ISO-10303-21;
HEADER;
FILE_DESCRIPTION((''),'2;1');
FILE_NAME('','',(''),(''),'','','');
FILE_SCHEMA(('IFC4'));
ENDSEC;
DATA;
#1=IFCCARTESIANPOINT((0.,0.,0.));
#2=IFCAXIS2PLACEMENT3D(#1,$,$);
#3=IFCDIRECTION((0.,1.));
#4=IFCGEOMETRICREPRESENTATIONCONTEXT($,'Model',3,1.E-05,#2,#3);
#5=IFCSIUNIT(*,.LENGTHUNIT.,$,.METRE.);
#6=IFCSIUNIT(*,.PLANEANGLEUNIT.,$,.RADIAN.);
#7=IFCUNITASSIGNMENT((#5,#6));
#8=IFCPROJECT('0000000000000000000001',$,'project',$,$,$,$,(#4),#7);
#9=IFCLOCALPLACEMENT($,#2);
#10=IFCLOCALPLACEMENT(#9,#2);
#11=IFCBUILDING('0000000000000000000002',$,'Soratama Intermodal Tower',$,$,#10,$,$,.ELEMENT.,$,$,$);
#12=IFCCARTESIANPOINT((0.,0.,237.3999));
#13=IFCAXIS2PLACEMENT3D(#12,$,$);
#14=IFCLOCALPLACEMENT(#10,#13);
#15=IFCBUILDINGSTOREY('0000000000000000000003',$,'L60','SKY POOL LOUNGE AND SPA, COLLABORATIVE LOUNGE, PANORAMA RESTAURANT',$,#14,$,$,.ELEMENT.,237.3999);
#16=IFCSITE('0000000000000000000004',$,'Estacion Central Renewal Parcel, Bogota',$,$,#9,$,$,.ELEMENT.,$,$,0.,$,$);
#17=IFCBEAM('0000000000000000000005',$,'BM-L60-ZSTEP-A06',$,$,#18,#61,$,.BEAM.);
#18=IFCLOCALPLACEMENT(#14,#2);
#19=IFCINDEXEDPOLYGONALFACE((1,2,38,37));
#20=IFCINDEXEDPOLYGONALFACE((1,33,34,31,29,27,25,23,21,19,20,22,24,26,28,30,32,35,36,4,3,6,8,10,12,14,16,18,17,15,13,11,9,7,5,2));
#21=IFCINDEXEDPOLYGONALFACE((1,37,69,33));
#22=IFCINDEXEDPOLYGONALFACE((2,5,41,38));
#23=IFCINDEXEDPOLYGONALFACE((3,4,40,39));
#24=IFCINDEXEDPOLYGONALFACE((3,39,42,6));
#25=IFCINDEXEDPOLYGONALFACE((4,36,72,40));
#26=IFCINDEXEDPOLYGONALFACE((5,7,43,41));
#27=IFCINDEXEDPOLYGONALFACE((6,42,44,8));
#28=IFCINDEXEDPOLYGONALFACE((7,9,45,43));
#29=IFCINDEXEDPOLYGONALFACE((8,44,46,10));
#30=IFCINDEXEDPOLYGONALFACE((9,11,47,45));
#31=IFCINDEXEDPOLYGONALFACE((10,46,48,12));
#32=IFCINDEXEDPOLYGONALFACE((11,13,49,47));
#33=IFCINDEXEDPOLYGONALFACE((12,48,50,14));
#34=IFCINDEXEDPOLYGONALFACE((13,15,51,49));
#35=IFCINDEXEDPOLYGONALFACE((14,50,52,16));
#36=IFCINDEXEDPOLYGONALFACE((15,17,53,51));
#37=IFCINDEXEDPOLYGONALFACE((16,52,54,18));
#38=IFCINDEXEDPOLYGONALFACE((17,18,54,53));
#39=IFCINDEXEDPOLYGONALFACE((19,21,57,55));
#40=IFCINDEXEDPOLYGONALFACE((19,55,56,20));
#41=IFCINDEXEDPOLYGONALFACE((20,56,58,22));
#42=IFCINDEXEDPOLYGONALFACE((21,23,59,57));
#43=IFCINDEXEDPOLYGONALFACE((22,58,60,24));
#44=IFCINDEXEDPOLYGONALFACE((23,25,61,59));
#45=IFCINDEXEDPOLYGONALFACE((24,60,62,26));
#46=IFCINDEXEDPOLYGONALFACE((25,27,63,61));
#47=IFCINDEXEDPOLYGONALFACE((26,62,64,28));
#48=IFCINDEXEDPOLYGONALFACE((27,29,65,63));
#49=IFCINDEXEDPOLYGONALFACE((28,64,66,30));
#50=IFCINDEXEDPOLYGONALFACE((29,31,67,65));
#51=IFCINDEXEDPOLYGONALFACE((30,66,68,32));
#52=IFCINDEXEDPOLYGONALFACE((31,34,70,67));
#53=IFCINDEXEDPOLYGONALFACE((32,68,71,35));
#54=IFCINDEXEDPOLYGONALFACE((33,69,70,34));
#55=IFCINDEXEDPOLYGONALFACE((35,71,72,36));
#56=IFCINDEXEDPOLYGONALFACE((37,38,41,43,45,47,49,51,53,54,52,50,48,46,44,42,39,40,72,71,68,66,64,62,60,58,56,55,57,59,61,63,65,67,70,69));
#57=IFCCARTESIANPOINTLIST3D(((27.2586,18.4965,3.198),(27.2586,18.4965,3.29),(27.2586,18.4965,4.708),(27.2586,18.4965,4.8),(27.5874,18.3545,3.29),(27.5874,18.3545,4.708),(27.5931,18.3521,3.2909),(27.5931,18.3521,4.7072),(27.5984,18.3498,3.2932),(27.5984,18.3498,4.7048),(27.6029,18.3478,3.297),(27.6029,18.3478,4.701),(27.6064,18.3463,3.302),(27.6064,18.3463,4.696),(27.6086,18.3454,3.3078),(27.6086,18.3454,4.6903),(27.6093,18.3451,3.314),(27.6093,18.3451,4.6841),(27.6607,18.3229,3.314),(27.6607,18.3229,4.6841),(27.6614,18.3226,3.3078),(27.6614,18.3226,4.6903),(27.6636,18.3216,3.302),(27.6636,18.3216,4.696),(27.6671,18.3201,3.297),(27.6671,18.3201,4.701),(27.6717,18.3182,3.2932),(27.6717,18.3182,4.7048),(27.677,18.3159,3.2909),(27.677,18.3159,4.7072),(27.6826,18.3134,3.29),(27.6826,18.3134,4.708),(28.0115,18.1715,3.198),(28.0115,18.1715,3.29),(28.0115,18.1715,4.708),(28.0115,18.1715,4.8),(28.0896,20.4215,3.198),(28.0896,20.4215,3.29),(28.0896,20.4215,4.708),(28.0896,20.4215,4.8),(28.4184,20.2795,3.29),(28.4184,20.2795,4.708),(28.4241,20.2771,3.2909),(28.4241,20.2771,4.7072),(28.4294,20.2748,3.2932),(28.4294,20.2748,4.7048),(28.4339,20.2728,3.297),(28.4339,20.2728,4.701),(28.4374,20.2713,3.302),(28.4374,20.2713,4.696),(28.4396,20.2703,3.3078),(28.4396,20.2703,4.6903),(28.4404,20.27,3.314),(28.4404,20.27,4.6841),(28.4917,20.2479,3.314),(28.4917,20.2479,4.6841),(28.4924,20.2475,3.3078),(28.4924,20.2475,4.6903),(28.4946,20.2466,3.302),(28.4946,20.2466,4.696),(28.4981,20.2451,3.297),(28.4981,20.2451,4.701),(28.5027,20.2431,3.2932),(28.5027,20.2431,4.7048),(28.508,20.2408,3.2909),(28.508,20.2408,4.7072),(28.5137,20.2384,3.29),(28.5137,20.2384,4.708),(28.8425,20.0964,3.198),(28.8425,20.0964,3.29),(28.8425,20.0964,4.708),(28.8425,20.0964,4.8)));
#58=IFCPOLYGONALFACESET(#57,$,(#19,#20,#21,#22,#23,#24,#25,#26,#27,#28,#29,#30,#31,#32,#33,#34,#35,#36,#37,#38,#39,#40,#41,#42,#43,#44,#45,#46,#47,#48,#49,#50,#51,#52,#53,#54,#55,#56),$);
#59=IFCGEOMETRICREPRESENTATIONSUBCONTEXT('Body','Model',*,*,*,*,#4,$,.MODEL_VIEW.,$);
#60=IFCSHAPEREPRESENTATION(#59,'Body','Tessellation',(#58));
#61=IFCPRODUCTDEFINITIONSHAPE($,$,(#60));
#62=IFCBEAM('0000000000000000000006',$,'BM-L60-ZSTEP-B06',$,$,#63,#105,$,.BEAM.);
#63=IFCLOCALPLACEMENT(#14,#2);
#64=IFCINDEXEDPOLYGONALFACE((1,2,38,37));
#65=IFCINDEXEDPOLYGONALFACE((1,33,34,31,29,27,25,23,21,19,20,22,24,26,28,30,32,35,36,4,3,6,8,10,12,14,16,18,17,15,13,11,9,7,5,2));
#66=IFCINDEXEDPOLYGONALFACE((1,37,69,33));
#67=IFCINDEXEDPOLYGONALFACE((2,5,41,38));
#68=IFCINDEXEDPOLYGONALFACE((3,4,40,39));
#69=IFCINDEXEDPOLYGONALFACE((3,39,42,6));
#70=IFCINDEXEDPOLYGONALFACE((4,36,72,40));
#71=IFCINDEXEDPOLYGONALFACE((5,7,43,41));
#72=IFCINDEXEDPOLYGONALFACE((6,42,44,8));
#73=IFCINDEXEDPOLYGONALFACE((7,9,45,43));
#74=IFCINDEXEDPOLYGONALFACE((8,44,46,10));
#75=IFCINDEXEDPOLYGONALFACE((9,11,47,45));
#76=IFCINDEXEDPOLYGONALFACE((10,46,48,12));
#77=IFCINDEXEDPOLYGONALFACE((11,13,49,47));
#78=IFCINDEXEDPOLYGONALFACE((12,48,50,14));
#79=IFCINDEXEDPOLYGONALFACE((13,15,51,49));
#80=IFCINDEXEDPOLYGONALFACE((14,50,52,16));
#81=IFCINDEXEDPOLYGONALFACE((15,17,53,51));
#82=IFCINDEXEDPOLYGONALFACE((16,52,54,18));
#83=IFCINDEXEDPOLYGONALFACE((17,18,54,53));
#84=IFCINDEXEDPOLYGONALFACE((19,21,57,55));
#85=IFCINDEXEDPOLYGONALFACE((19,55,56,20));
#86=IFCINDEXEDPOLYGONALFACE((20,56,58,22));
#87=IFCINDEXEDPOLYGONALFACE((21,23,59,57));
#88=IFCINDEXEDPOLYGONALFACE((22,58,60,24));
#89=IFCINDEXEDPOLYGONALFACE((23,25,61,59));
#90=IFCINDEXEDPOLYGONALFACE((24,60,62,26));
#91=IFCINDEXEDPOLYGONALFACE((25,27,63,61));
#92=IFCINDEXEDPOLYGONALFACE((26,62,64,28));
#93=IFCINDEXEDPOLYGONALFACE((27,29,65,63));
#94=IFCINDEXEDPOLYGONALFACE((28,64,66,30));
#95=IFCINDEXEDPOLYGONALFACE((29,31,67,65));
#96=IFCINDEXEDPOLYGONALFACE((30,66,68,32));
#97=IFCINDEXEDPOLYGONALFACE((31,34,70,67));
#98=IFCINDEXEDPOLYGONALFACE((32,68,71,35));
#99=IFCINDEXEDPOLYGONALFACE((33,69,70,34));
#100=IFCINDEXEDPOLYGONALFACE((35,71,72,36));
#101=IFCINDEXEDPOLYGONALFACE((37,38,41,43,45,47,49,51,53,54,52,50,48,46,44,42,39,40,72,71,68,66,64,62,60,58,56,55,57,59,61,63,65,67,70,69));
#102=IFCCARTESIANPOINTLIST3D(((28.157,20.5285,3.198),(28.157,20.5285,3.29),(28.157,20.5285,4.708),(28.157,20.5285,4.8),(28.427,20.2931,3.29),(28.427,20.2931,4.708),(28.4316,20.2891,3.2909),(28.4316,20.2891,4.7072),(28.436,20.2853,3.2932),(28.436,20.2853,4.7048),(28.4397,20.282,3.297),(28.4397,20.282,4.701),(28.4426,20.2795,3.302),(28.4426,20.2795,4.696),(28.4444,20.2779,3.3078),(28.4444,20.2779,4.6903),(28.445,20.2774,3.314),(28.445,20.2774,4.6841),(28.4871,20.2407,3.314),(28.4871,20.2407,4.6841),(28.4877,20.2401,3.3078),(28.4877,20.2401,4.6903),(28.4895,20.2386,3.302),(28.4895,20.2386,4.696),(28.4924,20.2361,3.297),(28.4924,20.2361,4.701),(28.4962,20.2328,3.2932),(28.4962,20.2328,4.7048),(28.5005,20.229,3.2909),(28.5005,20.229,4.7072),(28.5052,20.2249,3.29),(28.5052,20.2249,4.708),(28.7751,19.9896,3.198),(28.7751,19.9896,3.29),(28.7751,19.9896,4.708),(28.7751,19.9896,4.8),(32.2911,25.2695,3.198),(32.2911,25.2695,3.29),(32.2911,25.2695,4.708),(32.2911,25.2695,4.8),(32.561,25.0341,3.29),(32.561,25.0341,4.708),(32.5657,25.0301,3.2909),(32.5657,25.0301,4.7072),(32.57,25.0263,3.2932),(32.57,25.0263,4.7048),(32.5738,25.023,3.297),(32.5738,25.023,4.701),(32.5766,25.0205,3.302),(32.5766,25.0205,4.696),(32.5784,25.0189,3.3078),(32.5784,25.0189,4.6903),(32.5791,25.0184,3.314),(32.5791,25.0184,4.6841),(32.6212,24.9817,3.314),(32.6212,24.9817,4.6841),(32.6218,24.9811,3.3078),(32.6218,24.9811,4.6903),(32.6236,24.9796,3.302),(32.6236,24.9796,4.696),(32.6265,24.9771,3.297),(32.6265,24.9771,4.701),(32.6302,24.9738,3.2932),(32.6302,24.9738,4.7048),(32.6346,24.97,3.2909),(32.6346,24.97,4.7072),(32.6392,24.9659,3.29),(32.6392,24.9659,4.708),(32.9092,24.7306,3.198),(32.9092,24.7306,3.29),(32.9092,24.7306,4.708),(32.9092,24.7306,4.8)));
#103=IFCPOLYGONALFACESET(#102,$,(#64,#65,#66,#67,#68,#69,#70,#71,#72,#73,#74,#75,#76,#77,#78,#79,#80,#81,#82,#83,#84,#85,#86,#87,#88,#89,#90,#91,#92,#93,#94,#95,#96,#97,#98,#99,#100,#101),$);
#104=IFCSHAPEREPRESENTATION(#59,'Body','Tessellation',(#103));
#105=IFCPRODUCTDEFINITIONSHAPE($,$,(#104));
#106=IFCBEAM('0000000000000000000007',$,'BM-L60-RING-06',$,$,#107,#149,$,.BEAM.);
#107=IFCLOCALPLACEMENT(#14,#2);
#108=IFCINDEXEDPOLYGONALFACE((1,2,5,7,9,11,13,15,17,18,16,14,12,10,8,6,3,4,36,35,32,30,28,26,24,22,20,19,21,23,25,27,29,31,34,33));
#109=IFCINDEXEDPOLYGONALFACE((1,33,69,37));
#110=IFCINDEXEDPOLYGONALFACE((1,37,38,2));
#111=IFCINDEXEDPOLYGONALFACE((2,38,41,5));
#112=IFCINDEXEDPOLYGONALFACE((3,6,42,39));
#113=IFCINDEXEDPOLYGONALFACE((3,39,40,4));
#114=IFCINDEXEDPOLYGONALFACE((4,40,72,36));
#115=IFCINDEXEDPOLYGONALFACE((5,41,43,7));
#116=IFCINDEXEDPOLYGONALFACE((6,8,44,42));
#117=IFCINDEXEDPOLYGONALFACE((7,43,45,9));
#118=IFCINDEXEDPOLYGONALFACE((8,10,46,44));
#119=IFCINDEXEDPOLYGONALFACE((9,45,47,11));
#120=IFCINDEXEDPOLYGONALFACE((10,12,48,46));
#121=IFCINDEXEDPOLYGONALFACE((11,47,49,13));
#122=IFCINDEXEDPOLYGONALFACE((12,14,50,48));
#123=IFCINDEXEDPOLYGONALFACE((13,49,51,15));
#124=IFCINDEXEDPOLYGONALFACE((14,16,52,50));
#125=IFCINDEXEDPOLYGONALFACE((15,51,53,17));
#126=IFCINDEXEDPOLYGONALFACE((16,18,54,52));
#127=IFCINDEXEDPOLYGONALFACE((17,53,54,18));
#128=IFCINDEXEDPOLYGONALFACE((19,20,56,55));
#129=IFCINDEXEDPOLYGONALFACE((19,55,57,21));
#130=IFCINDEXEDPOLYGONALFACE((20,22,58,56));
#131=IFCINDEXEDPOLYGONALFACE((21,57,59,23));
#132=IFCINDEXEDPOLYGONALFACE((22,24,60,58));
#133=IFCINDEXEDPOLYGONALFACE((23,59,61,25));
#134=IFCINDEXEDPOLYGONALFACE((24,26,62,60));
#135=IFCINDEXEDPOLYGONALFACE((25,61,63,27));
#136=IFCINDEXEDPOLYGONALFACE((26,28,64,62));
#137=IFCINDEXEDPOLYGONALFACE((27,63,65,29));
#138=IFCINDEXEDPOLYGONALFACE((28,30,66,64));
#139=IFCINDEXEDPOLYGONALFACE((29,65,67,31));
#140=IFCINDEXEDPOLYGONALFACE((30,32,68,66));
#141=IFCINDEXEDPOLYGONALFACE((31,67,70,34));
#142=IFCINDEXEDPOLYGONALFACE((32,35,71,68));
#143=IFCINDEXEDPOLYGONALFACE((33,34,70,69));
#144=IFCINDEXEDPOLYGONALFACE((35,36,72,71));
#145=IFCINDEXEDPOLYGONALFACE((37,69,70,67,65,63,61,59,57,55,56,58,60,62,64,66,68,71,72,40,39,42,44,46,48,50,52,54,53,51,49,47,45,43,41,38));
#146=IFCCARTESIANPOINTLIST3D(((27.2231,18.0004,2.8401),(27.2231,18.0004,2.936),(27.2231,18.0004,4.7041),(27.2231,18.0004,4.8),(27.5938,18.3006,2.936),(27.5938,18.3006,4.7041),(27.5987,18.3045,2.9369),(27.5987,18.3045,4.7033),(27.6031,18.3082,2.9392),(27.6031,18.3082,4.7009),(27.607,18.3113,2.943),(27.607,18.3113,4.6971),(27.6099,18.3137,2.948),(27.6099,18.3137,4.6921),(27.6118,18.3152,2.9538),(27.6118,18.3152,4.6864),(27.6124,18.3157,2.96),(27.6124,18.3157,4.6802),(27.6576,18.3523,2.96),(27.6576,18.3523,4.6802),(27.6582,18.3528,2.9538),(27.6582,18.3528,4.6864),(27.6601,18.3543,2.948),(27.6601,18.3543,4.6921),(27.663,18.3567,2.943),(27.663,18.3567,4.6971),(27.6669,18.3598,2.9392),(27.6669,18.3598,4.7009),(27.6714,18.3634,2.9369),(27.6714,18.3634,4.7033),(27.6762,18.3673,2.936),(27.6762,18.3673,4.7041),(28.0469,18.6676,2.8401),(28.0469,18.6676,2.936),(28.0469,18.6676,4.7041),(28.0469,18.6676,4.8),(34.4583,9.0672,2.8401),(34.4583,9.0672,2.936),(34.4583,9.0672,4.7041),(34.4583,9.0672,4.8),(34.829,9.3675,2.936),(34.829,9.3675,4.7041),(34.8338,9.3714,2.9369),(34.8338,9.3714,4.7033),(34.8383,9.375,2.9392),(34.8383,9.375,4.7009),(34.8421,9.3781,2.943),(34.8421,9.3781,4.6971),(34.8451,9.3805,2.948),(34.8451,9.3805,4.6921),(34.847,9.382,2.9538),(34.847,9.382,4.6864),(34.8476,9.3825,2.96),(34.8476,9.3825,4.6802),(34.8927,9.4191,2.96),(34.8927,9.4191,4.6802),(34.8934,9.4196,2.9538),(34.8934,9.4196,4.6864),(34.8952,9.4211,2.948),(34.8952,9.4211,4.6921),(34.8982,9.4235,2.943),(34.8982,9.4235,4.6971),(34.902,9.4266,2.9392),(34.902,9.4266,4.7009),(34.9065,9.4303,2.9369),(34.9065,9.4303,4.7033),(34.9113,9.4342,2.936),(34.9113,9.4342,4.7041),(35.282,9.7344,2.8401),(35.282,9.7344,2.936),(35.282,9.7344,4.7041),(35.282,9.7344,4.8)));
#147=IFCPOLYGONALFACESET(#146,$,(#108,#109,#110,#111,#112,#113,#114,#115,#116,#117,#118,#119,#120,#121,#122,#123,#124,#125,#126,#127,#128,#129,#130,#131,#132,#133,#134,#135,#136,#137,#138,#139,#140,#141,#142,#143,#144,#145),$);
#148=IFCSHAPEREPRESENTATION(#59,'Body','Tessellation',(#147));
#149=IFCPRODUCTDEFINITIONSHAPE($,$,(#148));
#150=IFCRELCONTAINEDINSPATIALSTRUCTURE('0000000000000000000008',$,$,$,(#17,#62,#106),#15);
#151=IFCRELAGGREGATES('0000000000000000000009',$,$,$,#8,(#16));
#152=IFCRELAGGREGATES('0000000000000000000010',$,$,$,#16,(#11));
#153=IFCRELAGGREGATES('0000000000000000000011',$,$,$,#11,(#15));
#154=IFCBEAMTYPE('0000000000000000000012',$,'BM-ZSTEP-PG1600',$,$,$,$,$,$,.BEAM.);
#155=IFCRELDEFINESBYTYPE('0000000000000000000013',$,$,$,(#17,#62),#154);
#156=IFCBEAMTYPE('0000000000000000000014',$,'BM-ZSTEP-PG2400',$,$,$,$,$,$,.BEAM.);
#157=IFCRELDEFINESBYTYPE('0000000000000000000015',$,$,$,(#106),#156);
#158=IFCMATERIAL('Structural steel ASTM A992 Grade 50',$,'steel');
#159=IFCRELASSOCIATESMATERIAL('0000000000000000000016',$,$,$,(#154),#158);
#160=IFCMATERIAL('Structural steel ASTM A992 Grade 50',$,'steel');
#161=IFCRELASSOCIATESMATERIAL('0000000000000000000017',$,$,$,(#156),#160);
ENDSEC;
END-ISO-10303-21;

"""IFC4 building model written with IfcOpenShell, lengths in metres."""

from ifc_helpers import new_model, si_unit, direction, frame, origin, origin_2d, place, context, subcontext, project, spatial, i_section, extrude, material, material_profile, profile_set, type_object, element, save


model = new_model("IFC4")

# Units and contexts
model_context = context("Model", 3, precision=1e-05, world=origin(), true_north=direction((0.0, 1.0)))
body_context = subcontext(model_context, "Body", "Model", "MODEL_VIEW")
ifc_project = project(units=[si_unit("LENGTHUNIT", "METRE"), si_unit("PLANEANGLEUNIT", "RADIAN")], contexts=[model_context])

# Site, building, storey
site_placement = place(None, origin())
site = spatial("IfcSite", under=ifc_project, at=site_placement, Name="Estacion Central Renewal Parcel, Bogota", CompositionType="ELEMENT", RefElevation=0.0)
building_placement = place(site_placement, origin())
building = spatial("IfcBuilding", under=site, at=building_placement, Name="Soratama Intermodal Tower", CompositionType="ELEMENT")
storey_placement = place(building_placement, frame((0.0, 0.0, 237.3999)))
storey = spatial("IfcBuildingStorey", under=building, at=storey_placement, Name="L60", Description="SKY POOL LOUNGE AND SPA, COLLABORATIVE LOUNGE, PANORAMA RESTAURANT", CompositionType="ELEMENT", Elevation=237.3999)

# Beams
ifc_material_1 = material(Name="Structural steel ASTM A992 Grade 50", Category="steel")
ifc_material_profile_1 = material_profile(ifc_material_1, i_section(OverallWidth=0.8201, OverallDepth=1.6021, WebThickness=0.0559, FlangeThickness=0.092, FilletRadius=0.0239, at=origin_2d()), Name="PG1600X650")
ifc_profile_set_1 = profile_set([ifc_material_profile_1], Name="Structural steel ASTM A992 Grade 50")
beam_type_1 = type_object("IfcBeamType", Name="BM-ZSTEP-PG1600", PredefinedType="BEAM", material=ifc_profile_set_1)
beam_1_placement = place(storey_placement, frame((27.635, 18.334, 3.999), z_axis=(0.396349, 0.9181, 0.0), x_axis=(-0.9181, 0.396349, 0.0)))
element("IfcBeam", 1, at=beam_1_placement, inside=storey, type_object=beam_type_1, Name="BM-L60-ZSTEP-A06", PredefinedType="BEAM", context=body_context, shape_type="SweptSolid", body=[
    extrude(i_section(OverallWidth=0.8201, OverallDepth=1.6021, WebThickness=0.0559, FlangeThickness=0.092, FilletRadius=0.0239, at=origin_2d()), origin(), (0.0, 0.0, 1.0), 2.0967),
])
beam_2_placement = place(storey_placement, frame((28.4661, 20.259, 3.999), z_axis=(0.657215, 0.753703, 0.0), x_axis=(-0.753703, 0.657215, 0.0)))
element("IfcBeam", 2, at=beam_2_placement, inside=storey, type_object=beam_type_1, Name="BM-L60-ZSTEP-B06", PredefinedType="BEAM", context=body_context, shape_type="SweptSolid", body=[
    extrude(i_section(OverallWidth=0.8201, OverallDepth=1.6021, WebThickness=0.0559, FlangeThickness=0.092, FilletRadius=0.0239, at=origin_2d()), origin(), (0.0, 0.0, 1.0), 6.2903),
])
ifc_material_2 = material(Name="Structural steel ASTM A992 Grade 50", Category="steel")
ifc_material_profile_2 = material_profile(ifc_material_2, i_section(OverallWidth=1.0601, OverallDepth=1.96, WebThickness=0.0581, FlangeThickness=0.0959, FilletRadius=0.0239, at=origin_2d()), Name="PG2400X900")
ifc_profile_set_2 = profile_set([ifc_material_profile_2], Name="Structural steel ASTM A992 Grade 50")
beam_type_2 = type_object("IfcBeamType", Name="BM-ZSTEP-PG2400", PredefinedType="BEAM", material=ifc_profile_set_2)
beam_3_placement = place(storey_placement, frame((27.635, 18.334, 3.8201), z_axis=(0.629385, -0.777094, 0.0), x_axis=(0.777094, 0.629385, 0.0)))
element("IfcBeam", 3, at=beam_3_placement, inside=storey, type_object=beam_type_2, Name="BM-L60-RING-06", PredefinedType="BEAM", context=body_context, shape_type="SweptSolid", body=[
    extrude(i_section(OverallWidth=1.0601, OverallDepth=1.96, WebThickness=0.0581, FlangeThickness=0.0959, FilletRadius=0.0239, at=origin_2d()), origin(), (0.0, 0.0, 1.0), 11.4956),
])

save(model, "model.ifc")
